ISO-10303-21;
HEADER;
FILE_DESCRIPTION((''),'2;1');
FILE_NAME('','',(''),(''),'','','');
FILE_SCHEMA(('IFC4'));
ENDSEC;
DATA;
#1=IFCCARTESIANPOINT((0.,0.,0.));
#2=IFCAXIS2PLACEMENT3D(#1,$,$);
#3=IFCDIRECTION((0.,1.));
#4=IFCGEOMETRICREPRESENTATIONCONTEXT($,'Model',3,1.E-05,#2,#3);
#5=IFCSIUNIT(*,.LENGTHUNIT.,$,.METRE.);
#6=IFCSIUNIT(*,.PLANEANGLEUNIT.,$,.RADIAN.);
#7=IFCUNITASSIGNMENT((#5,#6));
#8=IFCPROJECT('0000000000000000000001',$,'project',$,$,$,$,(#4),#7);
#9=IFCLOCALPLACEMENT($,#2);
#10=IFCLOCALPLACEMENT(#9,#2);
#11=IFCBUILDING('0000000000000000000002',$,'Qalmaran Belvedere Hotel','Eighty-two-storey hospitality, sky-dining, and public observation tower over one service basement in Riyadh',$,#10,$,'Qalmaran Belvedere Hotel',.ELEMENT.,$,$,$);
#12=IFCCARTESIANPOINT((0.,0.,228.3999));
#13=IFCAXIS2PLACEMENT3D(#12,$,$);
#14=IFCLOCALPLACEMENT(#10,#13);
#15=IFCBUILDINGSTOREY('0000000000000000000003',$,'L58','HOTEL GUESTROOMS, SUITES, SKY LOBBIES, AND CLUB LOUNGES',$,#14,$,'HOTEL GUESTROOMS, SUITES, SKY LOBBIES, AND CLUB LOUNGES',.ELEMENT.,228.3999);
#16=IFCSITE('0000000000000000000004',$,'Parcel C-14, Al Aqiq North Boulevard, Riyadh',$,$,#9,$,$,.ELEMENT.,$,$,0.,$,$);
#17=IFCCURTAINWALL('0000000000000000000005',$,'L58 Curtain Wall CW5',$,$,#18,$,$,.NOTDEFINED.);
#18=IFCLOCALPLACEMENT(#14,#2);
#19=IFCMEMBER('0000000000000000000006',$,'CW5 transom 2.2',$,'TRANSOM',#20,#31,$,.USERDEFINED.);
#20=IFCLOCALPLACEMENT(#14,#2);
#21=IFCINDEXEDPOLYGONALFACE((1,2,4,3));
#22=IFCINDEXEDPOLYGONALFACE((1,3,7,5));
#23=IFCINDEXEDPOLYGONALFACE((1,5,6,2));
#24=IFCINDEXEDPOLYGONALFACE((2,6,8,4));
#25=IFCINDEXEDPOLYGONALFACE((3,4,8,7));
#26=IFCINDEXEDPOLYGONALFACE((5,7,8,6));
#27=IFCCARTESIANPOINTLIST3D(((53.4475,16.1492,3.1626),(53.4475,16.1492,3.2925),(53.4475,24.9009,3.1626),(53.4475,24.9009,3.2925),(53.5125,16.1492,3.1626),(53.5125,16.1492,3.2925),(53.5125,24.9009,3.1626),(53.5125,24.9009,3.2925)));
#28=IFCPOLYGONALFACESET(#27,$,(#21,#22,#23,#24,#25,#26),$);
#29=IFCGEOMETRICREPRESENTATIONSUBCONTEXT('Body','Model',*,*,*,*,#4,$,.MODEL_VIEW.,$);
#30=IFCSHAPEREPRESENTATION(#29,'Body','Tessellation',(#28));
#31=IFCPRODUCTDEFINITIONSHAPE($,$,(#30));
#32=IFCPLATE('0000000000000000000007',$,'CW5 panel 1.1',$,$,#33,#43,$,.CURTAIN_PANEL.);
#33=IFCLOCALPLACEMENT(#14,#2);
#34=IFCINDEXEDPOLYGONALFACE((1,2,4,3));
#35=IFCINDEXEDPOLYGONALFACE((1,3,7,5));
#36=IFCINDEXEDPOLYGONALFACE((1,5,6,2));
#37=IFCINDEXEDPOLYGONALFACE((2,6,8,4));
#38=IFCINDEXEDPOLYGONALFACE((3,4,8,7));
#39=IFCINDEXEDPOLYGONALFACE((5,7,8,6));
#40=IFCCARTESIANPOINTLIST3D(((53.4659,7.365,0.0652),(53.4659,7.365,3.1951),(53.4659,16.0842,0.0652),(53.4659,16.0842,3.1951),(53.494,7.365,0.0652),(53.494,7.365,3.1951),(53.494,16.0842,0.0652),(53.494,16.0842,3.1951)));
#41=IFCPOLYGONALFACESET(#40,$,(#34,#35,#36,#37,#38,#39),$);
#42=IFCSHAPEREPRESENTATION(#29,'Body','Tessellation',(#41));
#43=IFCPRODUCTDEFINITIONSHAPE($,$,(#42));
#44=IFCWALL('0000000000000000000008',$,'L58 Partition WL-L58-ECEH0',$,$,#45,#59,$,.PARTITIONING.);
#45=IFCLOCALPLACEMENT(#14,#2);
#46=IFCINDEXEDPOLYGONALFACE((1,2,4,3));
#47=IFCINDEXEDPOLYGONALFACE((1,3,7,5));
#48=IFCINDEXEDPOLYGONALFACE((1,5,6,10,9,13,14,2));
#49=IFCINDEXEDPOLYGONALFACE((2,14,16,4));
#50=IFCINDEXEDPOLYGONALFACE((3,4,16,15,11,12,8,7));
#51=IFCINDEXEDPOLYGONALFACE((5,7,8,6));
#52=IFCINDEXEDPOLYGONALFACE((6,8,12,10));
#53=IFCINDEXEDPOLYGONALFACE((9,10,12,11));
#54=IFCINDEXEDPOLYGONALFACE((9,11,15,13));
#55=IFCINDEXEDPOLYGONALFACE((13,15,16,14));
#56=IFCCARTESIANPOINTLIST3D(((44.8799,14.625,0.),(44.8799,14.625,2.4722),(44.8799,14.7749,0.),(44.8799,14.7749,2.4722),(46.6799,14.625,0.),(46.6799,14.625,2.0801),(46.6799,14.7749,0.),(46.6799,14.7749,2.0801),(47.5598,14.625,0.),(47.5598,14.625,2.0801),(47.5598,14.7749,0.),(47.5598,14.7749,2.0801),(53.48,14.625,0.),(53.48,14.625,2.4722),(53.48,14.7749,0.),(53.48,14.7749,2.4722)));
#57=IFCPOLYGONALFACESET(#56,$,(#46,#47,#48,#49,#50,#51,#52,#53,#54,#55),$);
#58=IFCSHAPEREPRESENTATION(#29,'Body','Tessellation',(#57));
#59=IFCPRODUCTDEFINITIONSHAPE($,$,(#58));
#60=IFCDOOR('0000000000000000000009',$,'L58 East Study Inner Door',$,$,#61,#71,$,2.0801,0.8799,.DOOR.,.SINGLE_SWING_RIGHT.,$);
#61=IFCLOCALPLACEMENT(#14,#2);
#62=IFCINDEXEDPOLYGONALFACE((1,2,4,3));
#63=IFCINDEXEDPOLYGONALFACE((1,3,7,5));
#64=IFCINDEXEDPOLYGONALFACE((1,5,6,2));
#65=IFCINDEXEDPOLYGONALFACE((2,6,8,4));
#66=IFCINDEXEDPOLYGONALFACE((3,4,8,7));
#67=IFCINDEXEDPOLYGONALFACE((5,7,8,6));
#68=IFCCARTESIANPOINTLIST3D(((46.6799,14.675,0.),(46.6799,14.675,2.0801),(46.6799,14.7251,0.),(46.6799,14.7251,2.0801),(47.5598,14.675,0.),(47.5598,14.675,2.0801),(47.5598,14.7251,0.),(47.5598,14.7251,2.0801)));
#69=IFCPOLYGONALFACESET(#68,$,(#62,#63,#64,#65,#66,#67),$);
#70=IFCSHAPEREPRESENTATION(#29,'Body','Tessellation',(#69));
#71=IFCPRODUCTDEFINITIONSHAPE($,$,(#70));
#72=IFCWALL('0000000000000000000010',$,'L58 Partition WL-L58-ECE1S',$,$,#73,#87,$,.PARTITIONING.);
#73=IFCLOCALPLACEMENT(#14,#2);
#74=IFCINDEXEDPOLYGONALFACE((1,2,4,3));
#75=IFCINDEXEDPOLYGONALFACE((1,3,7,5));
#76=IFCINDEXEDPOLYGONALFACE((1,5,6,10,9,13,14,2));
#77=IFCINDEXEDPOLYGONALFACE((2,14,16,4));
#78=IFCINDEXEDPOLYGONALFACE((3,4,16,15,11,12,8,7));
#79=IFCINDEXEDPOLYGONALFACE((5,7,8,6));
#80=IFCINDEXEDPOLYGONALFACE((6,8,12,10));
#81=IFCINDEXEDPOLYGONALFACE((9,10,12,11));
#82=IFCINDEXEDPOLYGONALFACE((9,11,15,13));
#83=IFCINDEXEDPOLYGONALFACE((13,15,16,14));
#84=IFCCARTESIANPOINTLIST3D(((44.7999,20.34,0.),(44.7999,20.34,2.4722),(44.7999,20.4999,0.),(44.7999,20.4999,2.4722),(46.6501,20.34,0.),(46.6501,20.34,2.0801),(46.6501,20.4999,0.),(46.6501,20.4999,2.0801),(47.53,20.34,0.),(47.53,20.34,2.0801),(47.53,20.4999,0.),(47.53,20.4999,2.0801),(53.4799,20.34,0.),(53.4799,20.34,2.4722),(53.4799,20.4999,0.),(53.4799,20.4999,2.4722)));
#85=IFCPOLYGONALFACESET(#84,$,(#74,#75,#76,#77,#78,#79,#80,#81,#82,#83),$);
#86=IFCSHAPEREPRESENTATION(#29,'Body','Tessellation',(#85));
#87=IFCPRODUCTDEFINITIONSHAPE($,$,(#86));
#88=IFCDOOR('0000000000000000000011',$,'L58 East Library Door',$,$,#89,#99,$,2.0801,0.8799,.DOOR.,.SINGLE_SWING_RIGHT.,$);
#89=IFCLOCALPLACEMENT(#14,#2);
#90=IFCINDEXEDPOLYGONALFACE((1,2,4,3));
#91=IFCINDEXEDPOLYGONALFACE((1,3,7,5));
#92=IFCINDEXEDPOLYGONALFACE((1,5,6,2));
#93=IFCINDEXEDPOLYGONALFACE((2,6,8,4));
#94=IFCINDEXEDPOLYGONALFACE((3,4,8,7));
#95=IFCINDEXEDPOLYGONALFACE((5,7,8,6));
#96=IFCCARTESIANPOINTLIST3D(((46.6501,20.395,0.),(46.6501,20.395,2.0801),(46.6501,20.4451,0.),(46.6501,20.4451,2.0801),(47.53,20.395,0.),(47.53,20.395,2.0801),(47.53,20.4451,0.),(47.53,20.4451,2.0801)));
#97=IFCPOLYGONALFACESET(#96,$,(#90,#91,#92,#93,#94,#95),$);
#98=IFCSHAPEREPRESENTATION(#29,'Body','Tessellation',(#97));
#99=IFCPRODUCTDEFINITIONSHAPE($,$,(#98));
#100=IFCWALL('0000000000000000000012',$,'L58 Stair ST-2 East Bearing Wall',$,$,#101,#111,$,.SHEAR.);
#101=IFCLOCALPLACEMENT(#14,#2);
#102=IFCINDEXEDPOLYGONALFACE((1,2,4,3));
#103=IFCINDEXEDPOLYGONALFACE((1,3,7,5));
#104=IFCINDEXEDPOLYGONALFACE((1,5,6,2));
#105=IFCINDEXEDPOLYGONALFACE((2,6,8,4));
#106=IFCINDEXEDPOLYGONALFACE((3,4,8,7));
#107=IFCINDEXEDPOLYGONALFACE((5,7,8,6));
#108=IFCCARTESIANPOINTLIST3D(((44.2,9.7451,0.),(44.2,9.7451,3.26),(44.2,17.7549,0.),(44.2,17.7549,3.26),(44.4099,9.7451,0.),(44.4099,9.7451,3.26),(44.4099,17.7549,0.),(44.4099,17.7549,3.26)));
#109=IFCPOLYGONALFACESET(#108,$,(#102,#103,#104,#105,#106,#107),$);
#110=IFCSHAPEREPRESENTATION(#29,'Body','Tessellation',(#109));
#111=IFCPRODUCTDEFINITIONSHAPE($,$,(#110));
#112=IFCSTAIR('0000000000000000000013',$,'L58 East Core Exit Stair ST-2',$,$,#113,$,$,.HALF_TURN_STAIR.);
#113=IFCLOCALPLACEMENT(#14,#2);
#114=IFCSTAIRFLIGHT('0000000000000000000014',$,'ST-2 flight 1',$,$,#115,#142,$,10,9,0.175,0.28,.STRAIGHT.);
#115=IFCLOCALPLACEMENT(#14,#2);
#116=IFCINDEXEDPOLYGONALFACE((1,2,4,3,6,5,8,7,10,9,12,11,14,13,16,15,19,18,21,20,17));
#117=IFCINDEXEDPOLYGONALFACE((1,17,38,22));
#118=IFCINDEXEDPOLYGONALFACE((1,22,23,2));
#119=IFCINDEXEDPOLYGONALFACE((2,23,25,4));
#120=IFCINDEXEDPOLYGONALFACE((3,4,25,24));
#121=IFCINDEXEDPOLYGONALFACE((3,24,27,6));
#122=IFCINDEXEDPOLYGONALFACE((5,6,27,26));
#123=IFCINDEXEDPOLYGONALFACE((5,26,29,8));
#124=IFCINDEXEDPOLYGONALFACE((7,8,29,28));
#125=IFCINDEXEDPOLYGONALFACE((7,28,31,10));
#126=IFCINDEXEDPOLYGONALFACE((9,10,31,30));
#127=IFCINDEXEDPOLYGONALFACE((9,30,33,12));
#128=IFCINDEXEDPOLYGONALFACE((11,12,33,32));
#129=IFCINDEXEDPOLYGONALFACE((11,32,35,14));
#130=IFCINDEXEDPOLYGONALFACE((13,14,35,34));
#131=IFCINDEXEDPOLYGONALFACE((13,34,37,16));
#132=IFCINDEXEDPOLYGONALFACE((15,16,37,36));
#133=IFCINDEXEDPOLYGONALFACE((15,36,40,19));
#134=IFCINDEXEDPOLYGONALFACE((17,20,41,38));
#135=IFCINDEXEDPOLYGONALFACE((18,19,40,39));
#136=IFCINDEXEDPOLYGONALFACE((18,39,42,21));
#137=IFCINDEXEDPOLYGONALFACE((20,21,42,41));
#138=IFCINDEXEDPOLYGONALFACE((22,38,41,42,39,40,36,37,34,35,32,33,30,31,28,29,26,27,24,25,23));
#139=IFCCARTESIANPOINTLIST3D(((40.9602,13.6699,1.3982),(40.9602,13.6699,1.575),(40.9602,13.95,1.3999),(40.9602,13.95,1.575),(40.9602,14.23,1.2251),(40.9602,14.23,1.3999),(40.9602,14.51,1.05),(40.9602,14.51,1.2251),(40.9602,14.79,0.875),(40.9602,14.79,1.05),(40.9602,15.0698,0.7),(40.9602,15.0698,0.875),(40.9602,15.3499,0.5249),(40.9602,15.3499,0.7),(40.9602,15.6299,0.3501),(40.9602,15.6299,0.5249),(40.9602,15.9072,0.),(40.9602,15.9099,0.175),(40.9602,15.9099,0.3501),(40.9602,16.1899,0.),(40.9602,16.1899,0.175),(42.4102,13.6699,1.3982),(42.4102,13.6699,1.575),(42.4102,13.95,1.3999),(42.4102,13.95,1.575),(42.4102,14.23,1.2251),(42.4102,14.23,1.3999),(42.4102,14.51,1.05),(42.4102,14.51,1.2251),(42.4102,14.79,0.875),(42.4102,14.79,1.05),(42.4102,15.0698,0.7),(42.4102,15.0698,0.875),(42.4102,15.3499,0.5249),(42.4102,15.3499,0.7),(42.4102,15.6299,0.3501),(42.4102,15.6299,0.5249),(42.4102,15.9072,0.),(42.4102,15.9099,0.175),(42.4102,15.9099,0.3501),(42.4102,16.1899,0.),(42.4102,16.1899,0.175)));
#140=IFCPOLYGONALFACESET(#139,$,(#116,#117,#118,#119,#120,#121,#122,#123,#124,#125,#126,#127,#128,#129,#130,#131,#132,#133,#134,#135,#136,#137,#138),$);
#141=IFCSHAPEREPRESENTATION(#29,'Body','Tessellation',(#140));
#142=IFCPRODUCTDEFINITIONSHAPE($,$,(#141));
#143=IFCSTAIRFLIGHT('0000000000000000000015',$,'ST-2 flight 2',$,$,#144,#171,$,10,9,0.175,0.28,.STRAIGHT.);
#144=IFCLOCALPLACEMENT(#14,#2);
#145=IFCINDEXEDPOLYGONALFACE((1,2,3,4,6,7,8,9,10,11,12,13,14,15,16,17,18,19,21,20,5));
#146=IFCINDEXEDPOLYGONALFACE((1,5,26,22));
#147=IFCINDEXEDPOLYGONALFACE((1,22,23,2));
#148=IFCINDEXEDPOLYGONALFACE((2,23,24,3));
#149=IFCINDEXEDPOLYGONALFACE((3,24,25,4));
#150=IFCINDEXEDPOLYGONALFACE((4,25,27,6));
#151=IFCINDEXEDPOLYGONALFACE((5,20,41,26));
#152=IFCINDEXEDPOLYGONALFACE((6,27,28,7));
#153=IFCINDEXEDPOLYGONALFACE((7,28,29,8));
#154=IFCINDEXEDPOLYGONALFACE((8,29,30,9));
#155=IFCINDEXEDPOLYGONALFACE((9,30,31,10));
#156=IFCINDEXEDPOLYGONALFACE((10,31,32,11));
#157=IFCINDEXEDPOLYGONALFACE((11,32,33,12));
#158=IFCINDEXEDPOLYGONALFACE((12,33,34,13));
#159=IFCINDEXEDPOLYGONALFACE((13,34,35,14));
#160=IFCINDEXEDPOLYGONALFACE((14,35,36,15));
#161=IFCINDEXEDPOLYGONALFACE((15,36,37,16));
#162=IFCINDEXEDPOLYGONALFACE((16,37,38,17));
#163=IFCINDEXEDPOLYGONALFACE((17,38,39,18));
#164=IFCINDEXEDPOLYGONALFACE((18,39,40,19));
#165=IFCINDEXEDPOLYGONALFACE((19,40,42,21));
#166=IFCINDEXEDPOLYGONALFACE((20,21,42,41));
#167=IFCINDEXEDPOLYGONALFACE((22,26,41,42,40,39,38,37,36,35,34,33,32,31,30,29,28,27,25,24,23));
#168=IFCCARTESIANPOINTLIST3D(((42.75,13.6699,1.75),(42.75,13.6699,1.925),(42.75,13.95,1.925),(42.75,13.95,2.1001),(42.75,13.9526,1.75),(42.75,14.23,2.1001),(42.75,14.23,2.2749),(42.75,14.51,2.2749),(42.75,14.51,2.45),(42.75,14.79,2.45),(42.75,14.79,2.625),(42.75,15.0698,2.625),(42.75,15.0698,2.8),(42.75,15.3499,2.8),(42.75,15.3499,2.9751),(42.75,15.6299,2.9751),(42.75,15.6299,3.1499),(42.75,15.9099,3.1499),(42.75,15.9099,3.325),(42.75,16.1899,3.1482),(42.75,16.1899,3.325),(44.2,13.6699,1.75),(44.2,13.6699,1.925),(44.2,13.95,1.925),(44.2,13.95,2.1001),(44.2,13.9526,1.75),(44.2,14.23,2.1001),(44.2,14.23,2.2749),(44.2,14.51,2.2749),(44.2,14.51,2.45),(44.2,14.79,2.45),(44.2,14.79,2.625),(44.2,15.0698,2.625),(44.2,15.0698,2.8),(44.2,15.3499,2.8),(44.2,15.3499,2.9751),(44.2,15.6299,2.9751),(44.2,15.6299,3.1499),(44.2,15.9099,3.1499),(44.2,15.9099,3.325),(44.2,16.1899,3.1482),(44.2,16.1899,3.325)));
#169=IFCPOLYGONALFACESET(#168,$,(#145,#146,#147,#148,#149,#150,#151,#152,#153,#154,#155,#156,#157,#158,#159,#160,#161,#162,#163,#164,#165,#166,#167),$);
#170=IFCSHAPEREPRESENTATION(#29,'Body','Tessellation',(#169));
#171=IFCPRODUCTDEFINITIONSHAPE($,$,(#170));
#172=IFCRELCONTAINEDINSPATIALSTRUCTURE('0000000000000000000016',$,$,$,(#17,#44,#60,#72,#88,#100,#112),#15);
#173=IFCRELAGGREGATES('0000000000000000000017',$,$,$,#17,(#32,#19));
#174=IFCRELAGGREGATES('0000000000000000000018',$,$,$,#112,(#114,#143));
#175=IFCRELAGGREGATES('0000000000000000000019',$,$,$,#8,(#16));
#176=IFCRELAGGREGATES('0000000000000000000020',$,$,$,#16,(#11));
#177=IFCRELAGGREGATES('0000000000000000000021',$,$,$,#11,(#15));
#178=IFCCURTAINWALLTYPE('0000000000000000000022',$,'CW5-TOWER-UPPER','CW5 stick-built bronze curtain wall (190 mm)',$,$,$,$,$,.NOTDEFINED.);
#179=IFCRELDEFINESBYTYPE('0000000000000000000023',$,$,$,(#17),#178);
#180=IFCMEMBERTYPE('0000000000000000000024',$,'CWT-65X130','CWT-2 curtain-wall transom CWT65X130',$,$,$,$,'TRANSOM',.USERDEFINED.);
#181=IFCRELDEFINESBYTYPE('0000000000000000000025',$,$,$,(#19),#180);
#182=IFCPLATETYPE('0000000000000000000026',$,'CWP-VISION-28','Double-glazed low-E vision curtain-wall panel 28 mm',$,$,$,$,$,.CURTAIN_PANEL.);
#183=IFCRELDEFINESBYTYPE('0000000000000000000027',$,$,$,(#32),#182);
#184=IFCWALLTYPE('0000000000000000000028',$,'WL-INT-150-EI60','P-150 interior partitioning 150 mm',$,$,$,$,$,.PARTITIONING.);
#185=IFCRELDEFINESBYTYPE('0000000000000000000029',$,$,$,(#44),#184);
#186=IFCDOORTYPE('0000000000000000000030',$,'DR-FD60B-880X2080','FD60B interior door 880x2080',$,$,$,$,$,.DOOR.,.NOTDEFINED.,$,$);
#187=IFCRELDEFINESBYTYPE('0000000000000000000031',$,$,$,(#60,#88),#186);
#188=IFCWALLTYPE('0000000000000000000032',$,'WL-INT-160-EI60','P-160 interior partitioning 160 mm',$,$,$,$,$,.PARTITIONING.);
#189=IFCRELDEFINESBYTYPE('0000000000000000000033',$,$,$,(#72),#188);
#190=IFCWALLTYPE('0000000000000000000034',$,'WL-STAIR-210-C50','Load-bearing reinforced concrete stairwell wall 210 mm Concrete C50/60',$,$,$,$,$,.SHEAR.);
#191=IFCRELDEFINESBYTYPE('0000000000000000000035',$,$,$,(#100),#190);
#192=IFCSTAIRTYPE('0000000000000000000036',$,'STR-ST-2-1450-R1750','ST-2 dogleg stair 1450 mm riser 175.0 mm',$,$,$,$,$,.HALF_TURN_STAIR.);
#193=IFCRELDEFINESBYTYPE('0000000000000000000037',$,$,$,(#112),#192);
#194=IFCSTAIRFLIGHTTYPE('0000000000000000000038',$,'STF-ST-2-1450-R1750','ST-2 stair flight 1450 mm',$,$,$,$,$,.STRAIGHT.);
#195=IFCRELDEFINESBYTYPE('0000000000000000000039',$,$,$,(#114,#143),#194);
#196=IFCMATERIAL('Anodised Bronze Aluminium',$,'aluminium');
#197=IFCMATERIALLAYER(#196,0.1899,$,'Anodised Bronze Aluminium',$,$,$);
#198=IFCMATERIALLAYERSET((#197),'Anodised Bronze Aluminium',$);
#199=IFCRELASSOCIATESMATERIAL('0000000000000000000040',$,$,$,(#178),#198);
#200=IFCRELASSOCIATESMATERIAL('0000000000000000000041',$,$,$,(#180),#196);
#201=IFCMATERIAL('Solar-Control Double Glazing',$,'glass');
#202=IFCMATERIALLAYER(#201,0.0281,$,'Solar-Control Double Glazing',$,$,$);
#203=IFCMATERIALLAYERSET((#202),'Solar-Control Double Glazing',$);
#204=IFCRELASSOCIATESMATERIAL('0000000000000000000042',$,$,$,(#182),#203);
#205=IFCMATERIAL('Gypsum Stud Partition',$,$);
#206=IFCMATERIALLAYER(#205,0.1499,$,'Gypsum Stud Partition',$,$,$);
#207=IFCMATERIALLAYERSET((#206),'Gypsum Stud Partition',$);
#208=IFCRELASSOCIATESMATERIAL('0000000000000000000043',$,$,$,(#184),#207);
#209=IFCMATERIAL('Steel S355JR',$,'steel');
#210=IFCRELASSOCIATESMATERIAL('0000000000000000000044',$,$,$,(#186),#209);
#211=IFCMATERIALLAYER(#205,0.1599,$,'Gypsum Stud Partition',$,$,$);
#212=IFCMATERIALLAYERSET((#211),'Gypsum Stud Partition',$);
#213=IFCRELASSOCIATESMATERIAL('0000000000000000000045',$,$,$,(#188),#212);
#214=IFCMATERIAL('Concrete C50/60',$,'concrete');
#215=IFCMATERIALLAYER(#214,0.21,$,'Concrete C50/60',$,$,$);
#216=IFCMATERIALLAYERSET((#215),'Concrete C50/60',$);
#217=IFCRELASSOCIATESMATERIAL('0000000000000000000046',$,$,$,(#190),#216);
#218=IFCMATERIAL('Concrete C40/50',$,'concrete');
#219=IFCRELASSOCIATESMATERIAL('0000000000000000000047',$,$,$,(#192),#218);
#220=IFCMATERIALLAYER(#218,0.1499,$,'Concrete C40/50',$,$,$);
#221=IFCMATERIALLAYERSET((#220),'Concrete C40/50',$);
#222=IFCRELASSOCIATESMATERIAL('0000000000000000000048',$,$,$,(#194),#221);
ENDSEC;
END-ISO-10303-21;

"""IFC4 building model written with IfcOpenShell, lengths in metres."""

from ifc_helpers import new_model, si_unit, direction, frame, frame_2d, origin, origin_2d, place, context, subcontext, project, spatial, polyline, rectangle, outline, extrude, material, layer, layer_set, material_profile, profile_set, type_object, element, fill, aggregate, save


model = new_model("IFC4")

# Units and contexts
model_context = context("Model", 3, precision=1e-05, world=origin(), true_north=direction((0.0, 1.0)))
body_context = subcontext(model_context, "Body", "Model", "MODEL_VIEW")
ifc_project = project(units=[si_unit("LENGTHUNIT", "METRE"), si_unit("PLANEANGLEUNIT", "RADIAN")], contexts=[model_context])

# Site, building, storey
site_placement = place(None, origin())
site = spatial("IfcSite", under=ifc_project, at=site_placement, Name="Parcel C-14, Al Aqiq North Boulevard, Riyadh", CompositionType="ELEMENT", RefElevation=0.0)
building_placement = place(site_placement, origin())
building = spatial("IfcBuilding", under=site, at=building_placement, Name="Qalmaran Belvedere Hotel", Description="Eighty-two-storey hospitality, sky-dining, and public observation tower over one service basement in Riyadh", LongName="Qalmaran Belvedere Hotel", CompositionType="ELEMENT")
storey_placement = place(building_placement, frame((0.0, 0.0, 228.3999)))
storey = spatial("IfcBuildingStorey", under=building, at=storey_placement, Name="L58", Description="HOTEL GUESTROOMS, SUITES, SKY LOBBIES, AND CLUB LOUNGES", LongName="HOTEL GUESTROOMS, SUITES, SKY LOBBIES, AND CLUB LOUNGES", CompositionType="ELEMENT", Elevation=228.3999)

# Shared definitions
ifc_material_1 = material(Name="Concrete C50/60", Category="concrete")

# Shared definitions
ifc_material_2 = material(Name="Steel S355JR", Category="steel")

# Curtain wall, member, plate
ifc_material_3 = material(Name="Anodised Bronze Aluminium", Category="aluminium")
ifc_layer_1 = layer(ifc_material_3, 0.1899, Name="Anodised Bronze Aluminium")
ifc_layer_set_1 = layer_set([ifc_layer_1], Name="Anodised Bronze Aluminium")
curtain_wall_type = type_object("IfcCurtainWallType", Name="CW5-TOWER-UPPER", Description="CW5 stick-built bronze curtain wall (190 mm)", PredefinedType="NOTDEFINED", material=ifc_layer_set_1)
curtain_wall_placement = place(storey_placement, origin())
curtain_wall = element("IfcCurtainWall", 1, at=curtain_wall_placement, inside=storey, type_object=curtain_wall_type, Name="L58 Curtain Wall CW5", PredefinedType="NOTDEFINED")
ifc_material_profile_1 = material_profile(ifc_material_3, rectangle(XDim=0.0649, YDim=0.1299, at=origin_2d()), Name="CWT65X130")
ifc_profile_set_1 = profile_set([ifc_material_profile_1], Name="Anodised Bronze Aluminium")
member_type_1 = type_object("IfcMemberType", Name="CWT-65X130", Description="CWT-2 curtain-wall transom CWT65X130", ElementType="TRANSOM", PredefinedType="USERDEFINED", material=ifc_profile_set_1)
member_1_placement = place(storey_placement, frame((53.48, 16.1492, 3.2275), z_axis=(0.0, 1.0, 0.0), x_axis=(-1.0, 0.0, 0.0)))
member_1 = element("IfcMember", 2, at=member_1_placement, type_object=member_type_1, Name="CW5 transom 2.2", ObjectType="TRANSOM", PredefinedType="USERDEFINED", context=body_context, shape_type="SweptSolid", body=[
    extrude(rectangle(XDim=0.0649, YDim=0.1299, at=origin_2d()), origin(), (0.0, 0.0, 1.0), 8.7517),
])
ifc_material_4 = material(Name="Solar-Control Double Glazing", Category="glass")
ifc_layer_2 = layer(ifc_material_4, 0.0281, Name="Solar-Control Double Glazing")
ifc_layer_set_2 = layer_set([ifc_layer_2], Name="Solar-Control Double Glazing")
plate_type = type_object("IfcPlateType", Name="CWP-VISION-28", Description="Double-glazed low-E vision curtain-wall panel 28 mm", PredefinedType="CURTAIN_PANEL", material=ifc_layer_set_2)
plate_placement = place(storey_placement, frame((53.48, 11.7246, 0.0652), z_axis=(0.0, 0.0, 1.0), x_axis=(0.0, 1.0, 0.0)))
plate = element("IfcPlate", 3, at=plate_placement, type_object=plate_type, Name="CW5 panel 1.1", PredefinedType="CURTAIN_PANEL", context=body_context, shape_type="SweptSolid", body=[
    extrude(rectangle(XDim=8.7192, YDim=0.0281, at=origin_2d()), origin(), (0.0, 0.0, 1.0), 3.1299),
])
aggregate(curtain_wall, [plate, member_1])

# Walls, openings, doors
ifc_material_5 = material(Name="Gypsum Stud Partition")
ifc_layer_3 = layer(ifc_material_5, 0.1499, Name="Gypsum Stud Partition")
ifc_layer_set_3 = layer_set([ifc_layer_3], Name="Gypsum Stud Partition")
wall_type_1 = type_object("IfcWallType", Name="WL-INT-150-EI60", Description="P-150 interior partitioning 150 mm", PredefinedType="PARTITIONING", material=ifc_layer_set_3)
wall_1_placement = place(storey_placement, frame((44.8799, 14.7, 0.0), z_axis=(0.0, 0.0, 1.0), x_axis=(1.0, 0.0, 0.0)))
wall_1 = element("IfcWall", 4, at=wall_1_placement, inside=storey, type_object=wall_type_1, Name="L58 Partition WL-L58-ECEH0", PredefinedType="PARTITIONING", context=body_context, shape_type="SweptSolid", body=[
    extrude(rectangle(XDim=8.6001, YDim=0.1499, at=frame_2d((4.3, 0.0))), origin(), (0.0, 0.0, 1.0), 2.4722),
])
opening_1_placement = place(wall_1_placement, frame((2.6799, 0.0, 0.0), z_axis=(0.0, 0.0, 1.0), x_axis=(-1.0, 0.0, 0.0)))
opening_1 = element("IfcOpeningElement", 5, at=opening_1_placement, cuts=wall_1, PredefinedType="OPENING", context=body_context, shape_type="SweptSolid", body=[
    extrude(rectangle(XDim=0.8799, YDim=2.0801, at=frame_2d((0.4399, 1.04))), frame((0.0, 0.085, 0.0), z_axis=(0.0, -1.0, 0.0), x_axis=(1.0, 0.0, 0.0)), (0.0, 0.0, 1.0), 0.1699),
])
door_type = type_object("IfcDoorType", Name="DR-FD60B-880X2080", Description="FD60B interior door 880x2080", OperationType="NOTDEFINED", PredefinedType="DOOR", material=ifc_material_2)
door_1_placement = place(opening_1_placement, origin())
door_1 = element("IfcDoor", 6, at=door_1_placement, inside=storey, type_object=door_type, Name="L58 East Study Inner Door", OperationType="SINGLE_SWING_RIGHT", OverallHeight=2.0801, OverallWidth=0.8799, PredefinedType="DOOR", context=body_context, shape_type="SweptSolid", body=[
    extrude(rectangle(XDim=0.8799, YDim=2.0801, at=frame_2d((0.4399, 1.04))), frame((0.0, 0.0249, 0.0), z_axis=(0.0, -1.0, 0.0), x_axis=(1.0, 0.0, 0.0)), (0.0, 0.0, 1.0), 0.05),
])
fill(opening_1, door_1)
ifc_layer_4 = layer(ifc_material_5, 0.1599, Name="Gypsum Stud Partition")
ifc_layer_set_4 = layer_set([ifc_layer_4], Name="Gypsum Stud Partition")
wall_type_2 = type_object("IfcWallType", Name="WL-INT-160-EI60", Description="P-160 interior partitioning 160 mm", PredefinedType="PARTITIONING", material=ifc_layer_set_4)
wall_2_placement = place(storey_placement, frame((44.8, 20.4199, 0.0), z_axis=(0.0, 0.0, 1.0), x_axis=(1.0, 0.0, 0.0)))
wall_2 = element("IfcWall", 7, at=wall_2_placement, inside=storey, type_object=wall_type_2, Name="L58 Partition WL-L58-ECE1S", PredefinedType="PARTITIONING", context=body_context, shape_type="SweptSolid", body=[
    extrude(rectangle(XDim=8.6799, YDim=0.1599, at=frame_2d((4.3398, 0.0))), origin(), (0.0, 0.0, 1.0), 2.4722),
])
opening_2_placement = place(wall_2_placement, frame((2.73, 0.0, 0.0), z_axis=(0.0, 0.0, 1.0), x_axis=(-1.0, 0.0, 0.0)))
opening_2 = element("IfcOpeningElement", 8, at=opening_2_placement, cuts=wall_2, PredefinedType="OPENING", context=body_context, shape_type="SweptSolid", body=[
    extrude(rectangle(XDim=0.8799, YDim=2.0801, at=frame_2d((0.4399, 1.04))), frame((0.0, 0.0898, 0.0), z_axis=(0.0, -1.0, 0.0), x_axis=(1.0, 0.0, 0.0)), (0.0, 0.0, 1.0), 0.1799),
])
door_2_placement = place(opening_2_placement, origin())
door_2 = element("IfcDoor", 9, at=door_2_placement, inside=storey, type_object=door_type, Name="L58 East Library Door", OperationType="SINGLE_SWING_RIGHT", OverallHeight=2.0801, OverallWidth=0.8799, PredefinedType="DOOR", context=body_context, shape_type="SweptSolid", body=[
    extrude(rectangle(XDim=0.8799, YDim=2.0801, at=frame_2d((0.4399, 1.04))), frame((0.0, 0.0249, 0.0), z_axis=(0.0, -1.0, 0.0), x_axis=(1.0, 0.0, 0.0)), (0.0, 0.0, 1.0), 0.05),
])
fill(opening_2, door_2)

# Wall
ifc_layer_5 = layer(ifc_material_1, 0.21, Name="Concrete C50/60")
ifc_layer_set_5 = layer_set([ifc_layer_5], Name="Concrete C50/60")
wall_type_3 = type_object("IfcWallType", Name="WL-STAIR-210-C50", Description="Load-bearing reinforced concrete stairwell wall 210 mm Concrete C50/60", PredefinedType="SHEAR", material=ifc_layer_set_5)
wall_3_placement = place(storey_placement, frame((44.3049, 9.7451, 0.0), z_axis=(0.0, 0.0, 1.0), x_axis=(0.0, 1.0, 0.0)))
element("IfcWall", 10, at=wall_3_placement, inside=storey, type_object=wall_type_3, Name="L58 Stair ST-2 East Bearing Wall", PredefinedType="SHEAR", context=body_context, shape_type="SweptSolid", body=[
    extrude(rectangle(XDim=8.0098, YDim=0.21, at=frame_2d((4.0049, 0.0))), origin(), (0.0, 0.0, 1.0), 3.26),
])

# Stair, stair flights
ifc_material_6 = material(Name="Concrete C40/50", Category="concrete")
stair_type = type_object("IfcStairType", Name="STR-ST-2-1450-R1750", Description="ST-2 dogleg stair 1450 mm riser 175.0 mm", PredefinedType="HALF_TURN_STAIR", material=ifc_material_6)
stair_placement = place(storey_placement, origin())
stair = element("IfcStair", 11, at=stair_placement, inside=storey, type_object=stair_type, Name="L58 East Core Exit Stair ST-2", PredefinedType="HALF_TURN_STAIR")
ifc_layer_6 = layer(ifc_material_6, 0.1499, Name="Concrete C40/50")
ifc_layer_set_6 = layer_set([ifc_layer_6], Name="Concrete C40/50")
stair_flight_type = type_object("IfcStairFlightType", Name="STF-ST-2-1450-R1750", Description="ST-2 stair flight 1450 mm", PredefinedType="STRAIGHT", material=ifc_layer_set_6)
stair_flight_1_placement = place(storey_placement, frame((41.6851, 16.1899, 0.0), z_axis=(0.0, 0.0, 1.0), x_axis=(0.0, -1.0, 0.0)))
stair_flight_1 = element("IfcStairFlight", 12, at=stair_flight_1_placement, type_object=stair_flight_type, Name="ST-2 flight 1", NumberOfRisers=10, NumberOfTreads=9, PredefinedType="STRAIGHT", RiserHeight=0.175, TreadLength=0.28, context=body_context, shape_type="SweptSolid", body=[
    extrude(outline(polyline([(0.0, 0.0), (0.0, 0.175), (0.28, 0.175), (0.28, 0.3501), (0.5601, 0.3501), (0.5601, 0.5249), (0.8401, 0.5249), (0.8401, 0.7), (1.1201, 0.7), (1.1201, 0.875), (1.3999, 0.875), (1.3999, 1.05), (1.6799, 1.05), (1.6799, 1.2251), (1.96, 1.2251), (1.96, 1.3999), (2.24, 1.3999), (2.24, 1.575), (2.52, 1.575), (2.52, 1.75), (2.52, 1.3982), (0.2827, 0.0), (0.0, 0.0)])), frame((0.0, 0.7251, 0.0), z_axis=(0.0, -1.0, 0.0), x_axis=(1.0, 0.0, 0.0)), (0.0, 0.0, 1.0), 1.45),
])
stair_flight_2_placement = place(storey_placement, frame((43.4751, 13.6699, 1.75), z_axis=(0.0, 0.0, 1.0), x_axis=(0.0, 1.0, 0.0)))
stair_flight_2 = element("IfcStairFlight", 13, at=stair_flight_2_placement, type_object=stair_flight_type, Name="ST-2 flight 2", NumberOfRisers=10, NumberOfTreads=9, PredefinedType="STRAIGHT", RiserHeight=0.175, TreadLength=0.28, context=body_context, shape_type="SweptSolid", body=[
    extrude(outline(polyline([(0.0, 0.0), (0.0, 0.175), (0.28, 0.175), (0.28, 0.3501), (0.5601, 0.3501), (0.5601, 0.5249), (0.8401, 0.5249), (0.8401, 0.7), (1.1201, 0.7), (1.1201, 0.875), (1.3999, 0.875), (1.3999, 1.05), (1.6799, 1.05), (1.6799, 1.2251), (1.96, 1.2251), (1.96, 1.3999), (2.24, 1.3999), (2.24, 1.575), (2.52, 1.575), (2.52, 1.75), (2.52, 1.3982), (0.2827, 0.0), (0.0, 0.0)])), frame((0.0, 0.7251, 0.0), z_axis=(0.0, -1.0, 0.0), x_axis=(1.0, 0.0, 0.0)), (0.0, 0.0, 1.0), 1.45),
])
aggregate(stair, [stair_flight_1, stair_flight_2])

save(model, "model.ifc")
